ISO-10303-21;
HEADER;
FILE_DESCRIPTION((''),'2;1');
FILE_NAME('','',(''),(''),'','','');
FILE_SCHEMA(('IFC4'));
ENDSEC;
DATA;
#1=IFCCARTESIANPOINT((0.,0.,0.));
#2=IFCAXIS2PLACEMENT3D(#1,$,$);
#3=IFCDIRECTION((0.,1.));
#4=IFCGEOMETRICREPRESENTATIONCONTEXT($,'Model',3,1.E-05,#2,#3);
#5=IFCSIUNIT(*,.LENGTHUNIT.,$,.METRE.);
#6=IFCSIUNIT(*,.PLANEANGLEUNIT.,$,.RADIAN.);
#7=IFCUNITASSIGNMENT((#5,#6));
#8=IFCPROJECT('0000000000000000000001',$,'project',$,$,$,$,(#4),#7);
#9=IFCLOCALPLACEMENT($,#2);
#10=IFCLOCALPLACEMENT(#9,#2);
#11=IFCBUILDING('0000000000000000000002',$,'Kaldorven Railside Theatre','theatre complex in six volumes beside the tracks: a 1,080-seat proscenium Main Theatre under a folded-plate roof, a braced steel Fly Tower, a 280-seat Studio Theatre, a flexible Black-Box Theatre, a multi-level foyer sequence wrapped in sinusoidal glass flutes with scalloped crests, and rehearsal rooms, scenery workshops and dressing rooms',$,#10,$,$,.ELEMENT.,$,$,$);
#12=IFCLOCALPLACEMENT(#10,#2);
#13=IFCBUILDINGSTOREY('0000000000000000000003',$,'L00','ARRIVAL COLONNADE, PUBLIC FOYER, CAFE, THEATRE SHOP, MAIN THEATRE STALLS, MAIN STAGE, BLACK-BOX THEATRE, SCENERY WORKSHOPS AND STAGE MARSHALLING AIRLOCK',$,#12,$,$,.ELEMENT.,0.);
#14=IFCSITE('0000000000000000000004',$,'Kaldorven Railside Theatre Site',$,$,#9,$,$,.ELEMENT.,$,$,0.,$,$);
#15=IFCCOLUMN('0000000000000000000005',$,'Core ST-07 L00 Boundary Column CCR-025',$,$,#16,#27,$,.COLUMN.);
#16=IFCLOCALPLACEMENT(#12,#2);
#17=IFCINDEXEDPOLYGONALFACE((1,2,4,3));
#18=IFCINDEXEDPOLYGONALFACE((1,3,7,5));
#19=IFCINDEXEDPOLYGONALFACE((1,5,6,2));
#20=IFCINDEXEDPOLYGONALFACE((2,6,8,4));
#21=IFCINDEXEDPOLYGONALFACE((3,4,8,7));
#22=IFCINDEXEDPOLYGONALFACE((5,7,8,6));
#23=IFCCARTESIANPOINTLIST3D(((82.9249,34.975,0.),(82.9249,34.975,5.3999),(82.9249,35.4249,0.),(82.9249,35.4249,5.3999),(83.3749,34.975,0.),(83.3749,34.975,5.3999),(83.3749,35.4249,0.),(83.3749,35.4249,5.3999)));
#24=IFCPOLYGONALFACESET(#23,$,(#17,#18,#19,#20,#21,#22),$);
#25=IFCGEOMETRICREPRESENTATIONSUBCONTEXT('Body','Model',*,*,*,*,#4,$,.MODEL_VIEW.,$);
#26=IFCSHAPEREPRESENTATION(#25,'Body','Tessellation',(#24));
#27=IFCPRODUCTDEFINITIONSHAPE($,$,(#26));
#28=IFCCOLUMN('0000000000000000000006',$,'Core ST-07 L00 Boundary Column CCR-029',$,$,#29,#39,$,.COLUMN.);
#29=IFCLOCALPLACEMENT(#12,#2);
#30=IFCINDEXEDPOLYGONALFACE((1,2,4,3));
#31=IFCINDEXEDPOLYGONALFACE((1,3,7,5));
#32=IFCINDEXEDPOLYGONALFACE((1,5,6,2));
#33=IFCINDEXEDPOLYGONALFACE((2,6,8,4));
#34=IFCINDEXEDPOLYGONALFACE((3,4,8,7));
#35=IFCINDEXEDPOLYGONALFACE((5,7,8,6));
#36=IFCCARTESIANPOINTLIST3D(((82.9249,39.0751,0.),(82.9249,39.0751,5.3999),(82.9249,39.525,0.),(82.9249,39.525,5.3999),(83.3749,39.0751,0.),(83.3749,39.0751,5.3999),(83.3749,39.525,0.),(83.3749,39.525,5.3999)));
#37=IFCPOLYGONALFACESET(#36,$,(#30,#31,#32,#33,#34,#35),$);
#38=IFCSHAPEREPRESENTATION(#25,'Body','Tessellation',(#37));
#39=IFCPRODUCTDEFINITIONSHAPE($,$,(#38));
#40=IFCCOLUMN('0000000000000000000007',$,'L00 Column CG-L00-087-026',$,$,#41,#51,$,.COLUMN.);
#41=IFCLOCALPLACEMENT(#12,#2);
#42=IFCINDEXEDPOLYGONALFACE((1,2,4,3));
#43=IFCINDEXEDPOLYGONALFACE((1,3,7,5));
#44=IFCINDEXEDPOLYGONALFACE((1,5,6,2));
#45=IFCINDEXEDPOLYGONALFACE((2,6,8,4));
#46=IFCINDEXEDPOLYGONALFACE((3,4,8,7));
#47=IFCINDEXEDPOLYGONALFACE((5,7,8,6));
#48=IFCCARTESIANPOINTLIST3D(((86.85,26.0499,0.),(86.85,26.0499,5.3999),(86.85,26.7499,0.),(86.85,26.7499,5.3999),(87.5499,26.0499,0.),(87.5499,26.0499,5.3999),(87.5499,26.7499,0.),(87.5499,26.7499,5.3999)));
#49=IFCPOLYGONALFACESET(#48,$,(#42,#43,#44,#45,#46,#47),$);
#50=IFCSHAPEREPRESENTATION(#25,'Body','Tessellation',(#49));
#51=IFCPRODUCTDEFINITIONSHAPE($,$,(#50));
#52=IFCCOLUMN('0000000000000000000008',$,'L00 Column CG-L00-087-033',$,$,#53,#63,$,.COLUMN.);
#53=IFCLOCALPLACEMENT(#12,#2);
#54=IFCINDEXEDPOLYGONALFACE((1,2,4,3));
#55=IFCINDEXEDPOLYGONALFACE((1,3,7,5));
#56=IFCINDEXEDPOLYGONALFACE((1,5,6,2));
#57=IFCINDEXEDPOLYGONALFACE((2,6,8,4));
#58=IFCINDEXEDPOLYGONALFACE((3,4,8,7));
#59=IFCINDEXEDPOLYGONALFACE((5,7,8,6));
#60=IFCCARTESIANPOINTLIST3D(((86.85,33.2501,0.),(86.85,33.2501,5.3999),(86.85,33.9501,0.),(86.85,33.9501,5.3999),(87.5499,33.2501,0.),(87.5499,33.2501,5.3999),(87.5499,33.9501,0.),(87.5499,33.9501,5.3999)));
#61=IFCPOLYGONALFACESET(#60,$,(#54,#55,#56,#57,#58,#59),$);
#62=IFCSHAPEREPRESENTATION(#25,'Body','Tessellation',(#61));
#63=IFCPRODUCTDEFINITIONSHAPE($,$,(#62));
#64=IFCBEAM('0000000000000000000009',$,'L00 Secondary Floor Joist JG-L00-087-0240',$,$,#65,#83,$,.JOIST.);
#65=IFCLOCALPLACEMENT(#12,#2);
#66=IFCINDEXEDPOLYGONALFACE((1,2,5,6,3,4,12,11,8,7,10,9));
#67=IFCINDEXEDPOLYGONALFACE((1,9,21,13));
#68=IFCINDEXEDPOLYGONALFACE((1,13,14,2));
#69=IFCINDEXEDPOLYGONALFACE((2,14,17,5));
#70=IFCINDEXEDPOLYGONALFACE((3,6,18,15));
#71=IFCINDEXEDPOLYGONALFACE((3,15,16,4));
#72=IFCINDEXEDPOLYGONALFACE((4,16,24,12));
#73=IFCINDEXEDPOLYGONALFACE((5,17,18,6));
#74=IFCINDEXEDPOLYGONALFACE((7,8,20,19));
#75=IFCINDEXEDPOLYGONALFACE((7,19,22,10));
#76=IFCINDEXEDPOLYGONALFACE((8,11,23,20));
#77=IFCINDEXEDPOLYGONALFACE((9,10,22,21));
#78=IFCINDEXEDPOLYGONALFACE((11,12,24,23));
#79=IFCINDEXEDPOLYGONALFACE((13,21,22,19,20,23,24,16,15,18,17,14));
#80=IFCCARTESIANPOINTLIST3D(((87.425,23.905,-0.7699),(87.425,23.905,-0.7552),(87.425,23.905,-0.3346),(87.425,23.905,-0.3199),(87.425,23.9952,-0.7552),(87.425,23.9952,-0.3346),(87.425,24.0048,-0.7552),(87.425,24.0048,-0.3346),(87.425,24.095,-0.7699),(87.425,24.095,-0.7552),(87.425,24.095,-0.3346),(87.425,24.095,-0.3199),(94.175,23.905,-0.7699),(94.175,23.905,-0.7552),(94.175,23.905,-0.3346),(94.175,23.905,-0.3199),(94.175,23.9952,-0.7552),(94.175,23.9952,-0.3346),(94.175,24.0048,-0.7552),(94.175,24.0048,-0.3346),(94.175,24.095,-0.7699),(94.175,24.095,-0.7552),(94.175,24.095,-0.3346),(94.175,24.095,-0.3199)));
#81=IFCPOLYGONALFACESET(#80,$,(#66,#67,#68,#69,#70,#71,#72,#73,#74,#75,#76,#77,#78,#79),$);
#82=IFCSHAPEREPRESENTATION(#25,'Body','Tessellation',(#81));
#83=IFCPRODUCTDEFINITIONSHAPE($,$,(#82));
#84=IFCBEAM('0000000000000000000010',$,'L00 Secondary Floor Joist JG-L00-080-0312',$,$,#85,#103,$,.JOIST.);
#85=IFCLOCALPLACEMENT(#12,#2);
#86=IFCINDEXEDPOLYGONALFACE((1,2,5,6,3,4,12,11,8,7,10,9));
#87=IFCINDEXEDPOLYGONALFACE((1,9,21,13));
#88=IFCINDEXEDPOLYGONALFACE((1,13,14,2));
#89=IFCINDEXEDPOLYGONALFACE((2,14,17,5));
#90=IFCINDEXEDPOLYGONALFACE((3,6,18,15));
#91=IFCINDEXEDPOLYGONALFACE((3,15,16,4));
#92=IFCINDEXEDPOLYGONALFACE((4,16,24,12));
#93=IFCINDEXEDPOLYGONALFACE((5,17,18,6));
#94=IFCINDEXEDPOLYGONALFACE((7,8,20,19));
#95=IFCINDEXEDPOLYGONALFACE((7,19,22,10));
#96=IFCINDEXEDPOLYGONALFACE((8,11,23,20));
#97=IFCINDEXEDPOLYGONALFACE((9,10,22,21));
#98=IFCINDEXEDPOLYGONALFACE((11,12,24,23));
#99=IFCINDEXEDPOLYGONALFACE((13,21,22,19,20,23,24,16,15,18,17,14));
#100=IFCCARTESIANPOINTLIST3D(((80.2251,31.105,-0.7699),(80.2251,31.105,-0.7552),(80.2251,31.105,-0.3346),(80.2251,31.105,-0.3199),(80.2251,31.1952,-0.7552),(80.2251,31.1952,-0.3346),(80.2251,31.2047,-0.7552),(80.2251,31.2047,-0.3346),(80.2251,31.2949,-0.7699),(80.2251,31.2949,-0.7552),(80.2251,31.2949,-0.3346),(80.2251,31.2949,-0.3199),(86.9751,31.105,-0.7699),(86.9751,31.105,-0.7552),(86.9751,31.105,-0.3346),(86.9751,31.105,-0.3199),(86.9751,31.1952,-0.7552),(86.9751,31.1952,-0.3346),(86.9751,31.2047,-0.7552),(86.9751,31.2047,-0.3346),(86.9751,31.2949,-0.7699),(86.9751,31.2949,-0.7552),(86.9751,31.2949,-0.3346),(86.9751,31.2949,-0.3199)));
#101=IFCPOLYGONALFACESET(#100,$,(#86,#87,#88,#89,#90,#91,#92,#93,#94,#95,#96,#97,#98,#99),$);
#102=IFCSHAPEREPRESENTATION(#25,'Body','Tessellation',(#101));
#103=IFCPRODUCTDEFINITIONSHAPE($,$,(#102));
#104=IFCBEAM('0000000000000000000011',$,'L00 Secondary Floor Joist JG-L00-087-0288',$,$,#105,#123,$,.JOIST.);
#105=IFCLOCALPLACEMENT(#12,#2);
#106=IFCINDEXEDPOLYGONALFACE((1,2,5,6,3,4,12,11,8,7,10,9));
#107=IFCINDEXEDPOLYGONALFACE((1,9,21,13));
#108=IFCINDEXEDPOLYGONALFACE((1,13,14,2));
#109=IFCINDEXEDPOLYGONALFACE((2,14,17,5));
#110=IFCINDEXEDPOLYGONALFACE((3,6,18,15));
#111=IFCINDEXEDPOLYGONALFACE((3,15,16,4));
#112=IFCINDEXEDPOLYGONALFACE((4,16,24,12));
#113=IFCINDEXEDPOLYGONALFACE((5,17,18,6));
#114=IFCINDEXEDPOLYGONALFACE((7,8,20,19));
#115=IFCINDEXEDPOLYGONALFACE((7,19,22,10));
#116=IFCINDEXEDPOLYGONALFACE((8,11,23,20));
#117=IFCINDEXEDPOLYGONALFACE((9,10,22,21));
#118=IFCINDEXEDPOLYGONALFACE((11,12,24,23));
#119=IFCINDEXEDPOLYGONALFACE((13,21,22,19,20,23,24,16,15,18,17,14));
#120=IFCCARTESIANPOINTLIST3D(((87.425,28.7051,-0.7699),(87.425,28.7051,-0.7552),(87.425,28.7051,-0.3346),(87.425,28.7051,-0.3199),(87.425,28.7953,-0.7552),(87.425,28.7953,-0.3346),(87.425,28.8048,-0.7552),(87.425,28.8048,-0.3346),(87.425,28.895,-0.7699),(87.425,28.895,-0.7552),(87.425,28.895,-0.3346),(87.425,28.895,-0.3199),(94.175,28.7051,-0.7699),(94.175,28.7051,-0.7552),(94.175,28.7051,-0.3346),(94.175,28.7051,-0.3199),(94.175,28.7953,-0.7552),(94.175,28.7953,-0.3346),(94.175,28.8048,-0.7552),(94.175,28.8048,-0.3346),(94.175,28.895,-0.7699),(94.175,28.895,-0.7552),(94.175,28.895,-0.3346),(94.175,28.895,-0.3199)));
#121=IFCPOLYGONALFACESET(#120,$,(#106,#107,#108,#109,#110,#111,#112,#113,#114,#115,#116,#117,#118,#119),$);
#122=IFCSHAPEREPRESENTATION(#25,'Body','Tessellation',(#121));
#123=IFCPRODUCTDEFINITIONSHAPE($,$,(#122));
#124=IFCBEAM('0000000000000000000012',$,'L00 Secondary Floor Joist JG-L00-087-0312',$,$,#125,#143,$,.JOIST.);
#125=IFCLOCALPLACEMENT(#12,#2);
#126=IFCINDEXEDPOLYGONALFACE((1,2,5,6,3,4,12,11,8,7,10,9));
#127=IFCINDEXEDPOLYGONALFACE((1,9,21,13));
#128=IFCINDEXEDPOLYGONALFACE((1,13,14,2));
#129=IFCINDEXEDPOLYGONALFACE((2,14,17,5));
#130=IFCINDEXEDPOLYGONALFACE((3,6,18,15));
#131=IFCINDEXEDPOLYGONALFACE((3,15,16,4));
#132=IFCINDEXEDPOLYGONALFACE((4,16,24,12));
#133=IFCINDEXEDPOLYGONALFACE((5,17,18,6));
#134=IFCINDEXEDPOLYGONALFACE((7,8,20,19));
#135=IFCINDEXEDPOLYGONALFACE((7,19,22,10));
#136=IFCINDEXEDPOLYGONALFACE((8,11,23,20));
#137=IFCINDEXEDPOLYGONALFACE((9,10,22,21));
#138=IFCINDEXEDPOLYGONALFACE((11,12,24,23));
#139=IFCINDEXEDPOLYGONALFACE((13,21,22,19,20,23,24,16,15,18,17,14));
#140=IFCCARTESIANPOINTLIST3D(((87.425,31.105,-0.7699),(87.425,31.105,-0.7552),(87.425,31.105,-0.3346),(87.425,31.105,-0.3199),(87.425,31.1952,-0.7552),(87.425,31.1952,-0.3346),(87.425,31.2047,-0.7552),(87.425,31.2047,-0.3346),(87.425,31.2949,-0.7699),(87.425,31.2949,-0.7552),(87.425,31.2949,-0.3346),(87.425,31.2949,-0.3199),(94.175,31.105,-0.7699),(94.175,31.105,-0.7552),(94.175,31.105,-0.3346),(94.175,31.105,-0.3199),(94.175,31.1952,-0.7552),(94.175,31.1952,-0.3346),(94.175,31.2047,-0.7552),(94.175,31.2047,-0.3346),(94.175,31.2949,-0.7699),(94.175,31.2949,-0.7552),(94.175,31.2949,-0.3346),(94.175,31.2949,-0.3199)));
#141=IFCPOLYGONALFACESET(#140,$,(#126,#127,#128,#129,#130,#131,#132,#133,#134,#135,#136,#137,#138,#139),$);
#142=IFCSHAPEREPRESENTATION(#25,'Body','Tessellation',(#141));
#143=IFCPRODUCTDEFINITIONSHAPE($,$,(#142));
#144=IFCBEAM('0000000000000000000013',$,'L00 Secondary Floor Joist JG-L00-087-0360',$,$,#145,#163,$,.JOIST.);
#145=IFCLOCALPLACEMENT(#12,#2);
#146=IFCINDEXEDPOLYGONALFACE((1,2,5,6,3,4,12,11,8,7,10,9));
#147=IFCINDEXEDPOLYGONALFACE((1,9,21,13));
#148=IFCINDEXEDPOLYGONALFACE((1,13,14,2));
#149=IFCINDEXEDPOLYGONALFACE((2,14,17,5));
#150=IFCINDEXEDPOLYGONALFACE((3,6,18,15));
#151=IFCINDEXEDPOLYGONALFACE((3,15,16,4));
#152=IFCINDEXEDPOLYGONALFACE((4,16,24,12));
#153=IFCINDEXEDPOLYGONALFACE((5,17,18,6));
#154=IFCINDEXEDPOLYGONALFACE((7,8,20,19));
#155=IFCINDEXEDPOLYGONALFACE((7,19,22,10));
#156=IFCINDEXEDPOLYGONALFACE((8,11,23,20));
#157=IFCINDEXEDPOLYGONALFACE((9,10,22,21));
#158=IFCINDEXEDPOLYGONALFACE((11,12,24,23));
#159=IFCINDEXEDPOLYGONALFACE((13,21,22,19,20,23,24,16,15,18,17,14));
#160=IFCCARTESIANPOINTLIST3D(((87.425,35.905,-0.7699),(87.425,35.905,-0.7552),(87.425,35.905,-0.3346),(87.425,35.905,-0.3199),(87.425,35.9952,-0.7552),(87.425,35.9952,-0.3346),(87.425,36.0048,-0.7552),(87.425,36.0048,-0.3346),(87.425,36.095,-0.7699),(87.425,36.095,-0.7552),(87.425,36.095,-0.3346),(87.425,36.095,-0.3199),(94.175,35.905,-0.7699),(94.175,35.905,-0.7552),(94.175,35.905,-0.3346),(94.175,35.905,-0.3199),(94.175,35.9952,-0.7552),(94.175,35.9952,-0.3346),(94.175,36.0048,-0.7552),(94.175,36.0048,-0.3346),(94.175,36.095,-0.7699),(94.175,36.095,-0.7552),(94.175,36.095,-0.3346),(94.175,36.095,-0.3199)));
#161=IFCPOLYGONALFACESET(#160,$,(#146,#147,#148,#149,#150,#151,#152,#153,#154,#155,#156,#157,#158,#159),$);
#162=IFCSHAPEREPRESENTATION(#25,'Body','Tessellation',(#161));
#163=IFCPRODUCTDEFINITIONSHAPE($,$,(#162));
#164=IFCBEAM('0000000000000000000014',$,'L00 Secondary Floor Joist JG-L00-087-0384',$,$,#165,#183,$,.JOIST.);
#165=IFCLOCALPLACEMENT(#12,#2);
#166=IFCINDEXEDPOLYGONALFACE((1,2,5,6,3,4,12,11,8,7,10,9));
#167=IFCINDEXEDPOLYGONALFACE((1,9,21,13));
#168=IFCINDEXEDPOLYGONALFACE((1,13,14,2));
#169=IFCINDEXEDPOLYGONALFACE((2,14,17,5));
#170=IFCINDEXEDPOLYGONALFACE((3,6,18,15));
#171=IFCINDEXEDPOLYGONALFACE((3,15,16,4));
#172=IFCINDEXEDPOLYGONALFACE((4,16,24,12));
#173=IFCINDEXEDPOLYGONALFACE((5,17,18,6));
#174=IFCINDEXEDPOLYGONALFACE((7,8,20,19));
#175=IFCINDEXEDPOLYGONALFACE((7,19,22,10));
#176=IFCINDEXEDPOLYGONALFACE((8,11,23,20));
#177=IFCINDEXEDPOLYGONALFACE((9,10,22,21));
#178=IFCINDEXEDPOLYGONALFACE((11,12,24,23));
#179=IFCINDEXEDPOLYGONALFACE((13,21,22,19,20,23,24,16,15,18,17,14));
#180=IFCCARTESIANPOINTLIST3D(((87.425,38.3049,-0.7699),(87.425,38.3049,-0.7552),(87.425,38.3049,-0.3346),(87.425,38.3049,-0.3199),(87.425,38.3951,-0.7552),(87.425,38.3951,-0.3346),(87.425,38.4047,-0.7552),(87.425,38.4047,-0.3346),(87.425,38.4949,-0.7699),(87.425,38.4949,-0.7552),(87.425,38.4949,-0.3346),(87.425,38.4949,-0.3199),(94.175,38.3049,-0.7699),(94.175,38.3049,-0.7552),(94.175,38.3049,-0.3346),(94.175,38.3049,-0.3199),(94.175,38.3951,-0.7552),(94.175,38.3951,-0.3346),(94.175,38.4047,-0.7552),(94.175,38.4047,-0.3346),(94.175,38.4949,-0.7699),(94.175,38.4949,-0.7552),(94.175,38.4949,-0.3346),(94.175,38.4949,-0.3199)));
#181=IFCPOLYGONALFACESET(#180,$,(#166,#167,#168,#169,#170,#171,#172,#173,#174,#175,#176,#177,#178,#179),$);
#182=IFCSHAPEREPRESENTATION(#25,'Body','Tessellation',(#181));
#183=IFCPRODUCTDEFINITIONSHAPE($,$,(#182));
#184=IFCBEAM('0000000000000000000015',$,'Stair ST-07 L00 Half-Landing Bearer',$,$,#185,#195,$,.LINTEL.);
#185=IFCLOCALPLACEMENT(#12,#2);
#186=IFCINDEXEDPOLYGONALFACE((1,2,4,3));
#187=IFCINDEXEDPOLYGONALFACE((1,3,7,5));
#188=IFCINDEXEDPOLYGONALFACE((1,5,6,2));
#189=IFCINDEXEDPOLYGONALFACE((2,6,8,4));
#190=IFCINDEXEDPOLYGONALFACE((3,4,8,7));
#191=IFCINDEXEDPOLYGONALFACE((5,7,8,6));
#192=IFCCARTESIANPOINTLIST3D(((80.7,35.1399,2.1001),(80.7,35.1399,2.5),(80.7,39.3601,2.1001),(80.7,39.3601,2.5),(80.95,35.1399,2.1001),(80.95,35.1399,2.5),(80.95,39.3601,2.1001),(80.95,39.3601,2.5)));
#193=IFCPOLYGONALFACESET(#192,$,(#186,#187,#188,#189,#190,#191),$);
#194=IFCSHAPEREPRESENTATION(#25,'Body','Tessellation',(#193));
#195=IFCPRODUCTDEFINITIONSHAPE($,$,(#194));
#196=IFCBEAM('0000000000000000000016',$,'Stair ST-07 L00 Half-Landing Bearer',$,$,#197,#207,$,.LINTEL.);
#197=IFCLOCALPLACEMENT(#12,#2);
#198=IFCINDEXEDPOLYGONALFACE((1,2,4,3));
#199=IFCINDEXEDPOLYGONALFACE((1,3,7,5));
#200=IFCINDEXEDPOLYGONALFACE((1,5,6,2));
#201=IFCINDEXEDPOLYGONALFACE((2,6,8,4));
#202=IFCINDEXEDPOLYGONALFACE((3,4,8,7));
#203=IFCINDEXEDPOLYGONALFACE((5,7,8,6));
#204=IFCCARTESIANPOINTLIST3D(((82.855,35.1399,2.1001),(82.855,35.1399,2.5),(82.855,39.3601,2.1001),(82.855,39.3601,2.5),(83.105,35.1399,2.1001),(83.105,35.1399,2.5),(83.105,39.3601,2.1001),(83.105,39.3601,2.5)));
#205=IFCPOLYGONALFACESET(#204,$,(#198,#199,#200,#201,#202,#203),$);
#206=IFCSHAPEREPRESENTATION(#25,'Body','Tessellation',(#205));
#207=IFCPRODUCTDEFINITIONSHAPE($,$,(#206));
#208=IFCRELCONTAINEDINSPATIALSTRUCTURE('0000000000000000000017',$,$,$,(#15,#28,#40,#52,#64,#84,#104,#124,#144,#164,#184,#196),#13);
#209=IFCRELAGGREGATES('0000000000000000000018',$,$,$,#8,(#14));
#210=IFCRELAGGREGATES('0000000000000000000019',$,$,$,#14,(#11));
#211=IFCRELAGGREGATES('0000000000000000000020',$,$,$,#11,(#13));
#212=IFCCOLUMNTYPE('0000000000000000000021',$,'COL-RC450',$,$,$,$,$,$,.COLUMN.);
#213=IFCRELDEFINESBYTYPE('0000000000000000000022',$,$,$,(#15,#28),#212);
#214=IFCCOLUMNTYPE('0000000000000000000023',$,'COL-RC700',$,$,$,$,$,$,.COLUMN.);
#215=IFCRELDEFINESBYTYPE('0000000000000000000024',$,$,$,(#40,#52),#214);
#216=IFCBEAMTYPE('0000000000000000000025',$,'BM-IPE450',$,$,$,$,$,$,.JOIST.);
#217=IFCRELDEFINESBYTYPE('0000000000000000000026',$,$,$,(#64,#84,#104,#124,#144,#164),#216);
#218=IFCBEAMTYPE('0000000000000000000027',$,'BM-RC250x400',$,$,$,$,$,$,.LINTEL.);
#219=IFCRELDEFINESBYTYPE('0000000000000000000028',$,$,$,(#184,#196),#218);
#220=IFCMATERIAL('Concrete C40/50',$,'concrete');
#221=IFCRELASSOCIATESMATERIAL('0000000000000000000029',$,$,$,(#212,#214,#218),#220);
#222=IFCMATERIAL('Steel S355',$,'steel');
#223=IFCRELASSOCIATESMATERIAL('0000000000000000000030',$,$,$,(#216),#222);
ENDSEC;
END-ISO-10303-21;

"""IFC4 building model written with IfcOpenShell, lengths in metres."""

from ifc_helpers import new_model, si_unit, direction, frame, origin, origin_2d, place, context, subcontext, project, spatial, rectangle, i_section, extrude, material, material_profile, profile_set, type_object, element, save


model = new_model("IFC4")

# Units and contexts
model_context = context("Model", 3, precision=1e-05, world=origin(), true_north=direction((0.0, 1.0)))
body_context = subcontext(model_context, "Body", "Model", "MODEL_VIEW")
ifc_project = project(units=[si_unit("LENGTHUNIT", "METRE"), si_unit("PLANEANGLEUNIT", "RADIAN")], contexts=[model_context])

# Site, building, storey
site_placement = place(None, origin())
site = spatial("IfcSite", under=ifc_project, at=site_placement, Name="Kaldorven Railside Theatre Site", CompositionType="ELEMENT", RefElevation=0.0)
building_placement = place(site_placement, origin())
building = spatial("IfcBuilding", under=site, at=building_placement, Name="Kaldorven Railside Theatre", Description="theatre complex in six volumes beside the tracks: a 1,080-seat proscenium Main Theatre under a folded-plate roof, a braced steel Fly Tower, a 280-seat Studio Theatre, a flexible Black-Box Theatre, a multi-level foyer sequence wrapped in sinusoidal glass flutes with scalloped crests, and rehearsal rooms, scenery workshops and dressing rooms", CompositionType="ELEMENT")
storey_placement = place(building_placement, origin())
storey = spatial("IfcBuildingStorey", under=building, at=storey_placement, Name="L00", Description="ARRIVAL COLONNADE, PUBLIC FOYER, CAFE, THEATRE SHOP, MAIN THEATRE STALLS, MAIN STAGE, BLACK-BOX THEATRE, SCENERY WORKSHOPS AND STAGE MARSHALLING AIRLOCK", CompositionType="ELEMENT", Elevation=0.0)

# Columns
ifc_material_1 = material(Name="Concrete C40/50", Category="concrete")
ifc_material_profile_1 = material_profile(ifc_material_1, rectangle(XDim=0.45, YDim=0.45, at=origin_2d()), Name="RC 450x450")
ifc_profile_set_1 = profile_set([ifc_material_profile_1], Name="Concrete C40/50")
column_type_1 = type_object("IfcColumnType", Name="COL-RC450", PredefinedType="COLUMN", material=ifc_profile_set_1)
for number, where, z_axis, x_axis, name in (
    (1, (83.1499, 35.2, 0.0), (0.0, 0.0, 1.0), (1.0, 0.0, 0.0), "Core ST-07 L00 Boundary Column CCR-025"),
    (2, (83.1499, 39.3, 0.0), (0.0, 0.0, 1.0), (1.0, 0.0, 0.0), "Core ST-07 L00 Boundary Column CCR-029"),
):
    element("IfcColumn", number, at=place(storey_placement, frame(where, z_axis=z_axis, x_axis=x_axis)), inside=storey, type_object=column_type_1, Name=name, PredefinedType="COLUMN", context=body_context, shape_type="SweptSolid", body=[
        extrude(rectangle(XDim=0.45, YDim=0.45, at=origin_2d()), origin(), (0.0, 0.0, 1.0), 5.3999),
    ])
ifc_material_profile_2 = material_profile(ifc_material_1, rectangle(XDim=0.7, YDim=0.7, at=origin_2d()), Name="RC 700x700")
ifc_profile_set_2 = profile_set([ifc_material_profile_2], Name="Concrete C40/50")
column_type_2 = type_object("IfcColumnType", Name="COL-RC700", PredefinedType="COLUMN", material=ifc_profile_set_2)
for number, where, z_axis, x_axis, name in (
    (3, (87.2, 26.3999, 0.0), (0.0, 0.0, 1.0), (0.0, 1.0, 0.0), "L00 Column CG-L00-087-026"),
    (4, (87.2, 33.6001, 0.0), (0.0, 0.0, 1.0), (1.0, 0.0, 0.0), "L00 Column CG-L00-087-033"),
):
    element("IfcColumn", number, at=place(storey_placement, frame(where, z_axis=z_axis, x_axis=x_axis)), inside=storey, type_object=column_type_2, Name=name, PredefinedType="COLUMN", context=body_context, shape_type="SweptSolid", body=[
        extrude(rectangle(XDim=0.7, YDim=0.7, at=origin_2d()), origin(), (0.0, 0.0, 1.0), 5.3999),
    ])

# Beams
ifc_material_2 = material(Name="Steel S355", Category="steel")
ifc_material_profile_3 = material_profile(ifc_material_2, i_section(OverallWidth=0.1899, OverallDepth=0.45, WebThickness=0.0095, FlangeThickness=0.0146, at=origin_2d()), Name="IPE 450")
ifc_profile_set_3 = profile_set([ifc_material_profile_3], Name="Steel S355")
beam_type_1 = type_object("IfcBeamType", Name="BM-IPE450", PredefinedType="JOIST", material=ifc_profile_set_3)
for number, where, z_axis, x_axis, name in (
    (5, (87.425, 24.0, -0.5449), (1.0, 0.0, 0.0), (0.0, 1.0, 0.0), "L00 Secondary Floor Joist JG-L00-087-0240"),
    (6, (80.2251, 31.2, -0.5449), (1.0, 0.0, 0.0), (0.0, 1.0, 0.0), "L00 Secondary Floor Joist JG-L00-080-0312"),
    (7, (87.425, 28.8, -0.5449), (1.0, 0.0, 0.0), (0.0, 1.0, 0.0), "L00 Secondary Floor Joist JG-L00-087-0288"),
    (8, (87.425, 31.2, -0.5449), (1.0, 0.0, 0.0), (0.0, 1.0, 0.0), "L00 Secondary Floor Joist JG-L00-087-0312"),
    (9, (87.425, 36.0, -0.5449), (1.0, 0.0, 0.0), (0.0, 1.0, 0.0), "L00 Secondary Floor Joist JG-L00-087-0360"),
    (10, (87.425, 38.3999, -0.5449), (1.0, 0.0, 0.0), (0.0, 1.0, 0.0), "L00 Secondary Floor Joist JG-L00-087-0384"),
):
    element("IfcBeam", number, at=place(storey_placement, frame(where, z_axis=z_axis, x_axis=x_axis)), inside=storey, type_object=beam_type_1, Name=name, PredefinedType="JOIST", context=body_context, shape_type="SweptSolid", body=[
        extrude(i_section(OverallWidth=0.1899, OverallDepth=0.45, WebThickness=0.0095, FlangeThickness=0.0146, at=origin_2d()), origin(), (0.0, 0.0, 1.0), 6.75),
    ])
ifc_material_profile_4 = material_profile(ifc_material_1, rectangle(XDim=0.25, YDim=0.3999, at=origin_2d()), Name="RC 250x400")
ifc_profile_set_4 = profile_set([ifc_material_profile_4], Name="Concrete C40/50")
beam_type_2 = type_object("IfcBeamType", Name="BM-RC250x400", PredefinedType="LINTEL", material=ifc_profile_set_4)
for number, where, z_axis, x_axis, name in (
    (11, (80.825, 35.1399, 2.3), (0.0, 1.0, 0.0), (-1.0, 0.0, 0.0), "Stair ST-07 L00 Half-Landing Bearer"),
    (12, (82.98, 35.1399, 2.3), (0.0, 1.0, 0.0), (-1.0, 0.0, 0.0), "Stair ST-07 L00 Half-Landing Bearer"),
):
    element("IfcBeam", number, at=place(storey_placement, frame(where, z_axis=z_axis, x_axis=x_axis)), inside=storey, type_object=beam_type_2, Name=name, PredefinedType="LINTEL", context=body_context, shape_type="SweptSolid", body=[
        extrude(rectangle(XDim=0.25, YDim=0.3999, at=origin_2d()), origin(), (0.0, 0.0, 1.0), 4.2202),
    ])

save(model, "model.ifc")
